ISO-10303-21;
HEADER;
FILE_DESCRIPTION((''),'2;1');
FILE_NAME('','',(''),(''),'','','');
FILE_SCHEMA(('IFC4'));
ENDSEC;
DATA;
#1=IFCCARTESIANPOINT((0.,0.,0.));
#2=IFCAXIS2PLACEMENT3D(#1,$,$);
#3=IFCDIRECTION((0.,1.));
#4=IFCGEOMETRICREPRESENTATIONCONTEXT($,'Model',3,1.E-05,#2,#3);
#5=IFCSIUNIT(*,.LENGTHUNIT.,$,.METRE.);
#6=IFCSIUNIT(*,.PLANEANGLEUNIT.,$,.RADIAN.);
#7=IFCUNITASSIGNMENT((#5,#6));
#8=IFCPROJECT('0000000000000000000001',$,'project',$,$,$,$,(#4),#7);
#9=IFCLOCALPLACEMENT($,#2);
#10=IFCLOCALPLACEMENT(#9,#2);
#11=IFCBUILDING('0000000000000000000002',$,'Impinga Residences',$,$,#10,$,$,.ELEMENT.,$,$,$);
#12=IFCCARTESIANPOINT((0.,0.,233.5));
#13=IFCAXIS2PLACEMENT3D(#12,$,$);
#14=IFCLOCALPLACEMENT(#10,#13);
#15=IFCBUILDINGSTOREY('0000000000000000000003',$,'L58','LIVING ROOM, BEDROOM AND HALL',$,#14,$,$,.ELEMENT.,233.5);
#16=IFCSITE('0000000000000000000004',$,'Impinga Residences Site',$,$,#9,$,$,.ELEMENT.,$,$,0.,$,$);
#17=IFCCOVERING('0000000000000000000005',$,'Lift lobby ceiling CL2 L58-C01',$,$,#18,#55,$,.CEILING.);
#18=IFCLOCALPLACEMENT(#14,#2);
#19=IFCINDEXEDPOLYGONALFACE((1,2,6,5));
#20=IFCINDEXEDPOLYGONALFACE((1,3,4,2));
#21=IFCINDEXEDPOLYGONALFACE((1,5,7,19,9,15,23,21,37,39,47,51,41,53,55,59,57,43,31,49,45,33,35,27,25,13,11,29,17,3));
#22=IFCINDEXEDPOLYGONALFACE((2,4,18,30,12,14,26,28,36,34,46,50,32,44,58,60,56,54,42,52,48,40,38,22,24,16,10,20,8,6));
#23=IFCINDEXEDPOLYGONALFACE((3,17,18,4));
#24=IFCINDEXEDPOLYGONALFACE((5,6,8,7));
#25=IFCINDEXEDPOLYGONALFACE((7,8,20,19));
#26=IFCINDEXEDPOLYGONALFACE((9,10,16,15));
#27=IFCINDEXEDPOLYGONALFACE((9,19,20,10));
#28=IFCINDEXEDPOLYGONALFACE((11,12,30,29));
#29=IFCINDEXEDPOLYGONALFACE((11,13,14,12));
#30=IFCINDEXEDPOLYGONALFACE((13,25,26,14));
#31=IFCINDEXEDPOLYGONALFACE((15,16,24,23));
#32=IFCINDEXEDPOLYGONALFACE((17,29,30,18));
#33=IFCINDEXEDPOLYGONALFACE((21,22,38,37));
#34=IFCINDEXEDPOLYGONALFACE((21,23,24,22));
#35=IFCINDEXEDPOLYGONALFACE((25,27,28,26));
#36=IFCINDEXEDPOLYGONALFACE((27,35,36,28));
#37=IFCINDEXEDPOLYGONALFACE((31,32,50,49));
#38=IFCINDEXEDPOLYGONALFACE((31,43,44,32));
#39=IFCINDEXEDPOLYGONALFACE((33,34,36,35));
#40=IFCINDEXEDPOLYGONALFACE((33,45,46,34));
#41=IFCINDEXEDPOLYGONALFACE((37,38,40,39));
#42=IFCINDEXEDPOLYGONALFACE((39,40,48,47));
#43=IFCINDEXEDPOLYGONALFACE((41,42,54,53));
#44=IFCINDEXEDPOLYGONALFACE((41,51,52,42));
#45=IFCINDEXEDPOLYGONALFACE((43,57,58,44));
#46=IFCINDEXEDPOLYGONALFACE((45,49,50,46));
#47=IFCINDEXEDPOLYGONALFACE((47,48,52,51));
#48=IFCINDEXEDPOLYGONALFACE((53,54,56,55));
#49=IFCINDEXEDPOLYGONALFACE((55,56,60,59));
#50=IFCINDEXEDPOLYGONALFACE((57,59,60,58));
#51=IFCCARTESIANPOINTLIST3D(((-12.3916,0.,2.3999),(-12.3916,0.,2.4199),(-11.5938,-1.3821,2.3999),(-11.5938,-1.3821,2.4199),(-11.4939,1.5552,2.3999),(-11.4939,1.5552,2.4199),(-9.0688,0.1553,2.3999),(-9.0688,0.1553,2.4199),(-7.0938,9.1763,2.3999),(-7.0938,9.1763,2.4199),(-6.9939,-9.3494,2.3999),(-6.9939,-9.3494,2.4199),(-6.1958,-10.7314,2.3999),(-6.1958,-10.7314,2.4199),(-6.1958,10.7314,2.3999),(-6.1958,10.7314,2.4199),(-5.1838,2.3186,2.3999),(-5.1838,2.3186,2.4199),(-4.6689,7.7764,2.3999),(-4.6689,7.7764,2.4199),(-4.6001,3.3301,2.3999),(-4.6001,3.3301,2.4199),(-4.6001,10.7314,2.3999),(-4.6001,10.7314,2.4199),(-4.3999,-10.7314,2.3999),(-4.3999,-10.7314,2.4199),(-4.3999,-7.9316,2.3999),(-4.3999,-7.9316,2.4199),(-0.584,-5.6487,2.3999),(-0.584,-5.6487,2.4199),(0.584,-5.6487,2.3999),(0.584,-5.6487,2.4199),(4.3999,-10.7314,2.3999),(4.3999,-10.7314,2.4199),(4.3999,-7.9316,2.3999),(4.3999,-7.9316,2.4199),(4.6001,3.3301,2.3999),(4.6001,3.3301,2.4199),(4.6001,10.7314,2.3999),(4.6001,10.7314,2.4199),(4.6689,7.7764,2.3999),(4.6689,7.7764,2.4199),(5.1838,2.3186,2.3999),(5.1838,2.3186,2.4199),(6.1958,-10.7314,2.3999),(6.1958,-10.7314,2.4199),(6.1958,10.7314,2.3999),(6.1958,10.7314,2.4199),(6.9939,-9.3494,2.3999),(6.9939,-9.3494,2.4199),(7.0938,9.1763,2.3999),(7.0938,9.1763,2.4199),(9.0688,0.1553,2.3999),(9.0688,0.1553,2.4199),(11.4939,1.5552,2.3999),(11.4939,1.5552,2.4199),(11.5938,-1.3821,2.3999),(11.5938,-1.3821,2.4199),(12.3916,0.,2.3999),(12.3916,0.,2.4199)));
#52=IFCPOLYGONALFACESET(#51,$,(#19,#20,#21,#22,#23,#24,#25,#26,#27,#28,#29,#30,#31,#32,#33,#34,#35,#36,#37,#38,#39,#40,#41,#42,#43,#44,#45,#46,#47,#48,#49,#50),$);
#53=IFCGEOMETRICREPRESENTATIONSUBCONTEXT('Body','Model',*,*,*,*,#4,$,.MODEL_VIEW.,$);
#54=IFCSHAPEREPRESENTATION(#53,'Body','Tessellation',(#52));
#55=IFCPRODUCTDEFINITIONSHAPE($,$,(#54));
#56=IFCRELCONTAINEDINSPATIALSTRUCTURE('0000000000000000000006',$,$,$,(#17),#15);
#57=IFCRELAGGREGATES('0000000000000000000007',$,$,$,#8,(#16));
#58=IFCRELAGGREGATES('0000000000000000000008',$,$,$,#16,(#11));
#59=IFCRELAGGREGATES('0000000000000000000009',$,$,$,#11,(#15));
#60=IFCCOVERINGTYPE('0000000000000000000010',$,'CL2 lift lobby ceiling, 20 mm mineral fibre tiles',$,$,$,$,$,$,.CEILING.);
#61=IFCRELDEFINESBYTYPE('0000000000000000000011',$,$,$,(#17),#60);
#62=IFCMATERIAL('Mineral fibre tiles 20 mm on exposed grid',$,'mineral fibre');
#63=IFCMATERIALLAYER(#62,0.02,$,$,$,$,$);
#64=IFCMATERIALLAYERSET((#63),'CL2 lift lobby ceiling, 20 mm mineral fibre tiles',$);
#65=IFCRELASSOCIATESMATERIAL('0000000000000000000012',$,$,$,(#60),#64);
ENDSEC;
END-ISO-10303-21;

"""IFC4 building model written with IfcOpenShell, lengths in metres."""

from ifc_helpers import new_model, si_unit, direction, frame, origin, place, context, subcontext, project, spatial, polyline, outline, extrude, material, layer, layer_set, type_object, element, save


model = new_model("IFC4")

# Units and contexts
model_context = context("Model", 3, precision=1e-05, world=origin(), true_north=direction((0.0, 1.0)))
body_context = subcontext(model_context, "Body", "Model", "MODEL_VIEW")
ifc_project = project(units=[si_unit("LENGTHUNIT", "METRE"), si_unit("PLANEANGLEUNIT", "RADIAN")], contexts=[model_context])

# Site, building, storey
site_placement = place(None, origin())
site = spatial("IfcSite", under=ifc_project, at=site_placement, Name="Impinga Residences Site", CompositionType="ELEMENT", RefElevation=0.0)
building_placement = place(site_placement, origin())
building = spatial("IfcBuilding", under=site, at=building_placement, Name="Impinga Residences", CompositionType="ELEMENT")
storey_placement = place(building_placement, frame((0.0, 0.0, 233.5)))
storey = spatial("IfcBuildingStorey", under=building, at=storey_placement, Name="L58", Description="LIVING ROOM, BEDROOM AND HALL", CompositionType="ELEMENT", Elevation=233.5)

# Covering
ifc_material_1 = material(Name="Mineral fibre tiles 20 mm on exposed grid", Category="mineral fibre")
ifc_layer_1 = layer(ifc_material_1, 0.02)
ifc_layer_set_1 = layer_set([ifc_layer_1], Name="CL2 lift lobby ceiling, 20 mm mineral fibre tiles")
covering_type_1 = type_object("IfcCoveringType", Name="CL2 lift lobby ceiling, 20 mm mineral fibre tiles", PredefinedType="CEILING", material=ifc_layer_set_1)
covering_1_placement = place(storey_placement, frame((0.0, 0.0, 2.3999)))
element("IfcCovering", 1, at=covering_1_placement, inside=storey, type_object=covering_type_1, Name="Lift lobby ceiling CL2 L58-C01", PredefinedType="CEILING", context=body_context, shape_type="SweptSolid", body=[
    extrude(outline(polyline([(12.3916, 0.0), (11.5938, -1.3821), (5.1838, 2.3186), (0.584, -5.6487), (6.9939, -9.3494), (6.1958, -10.7314), (4.3999, -10.7314), (4.3999, -7.9316), (-4.3999, -7.9316), (-4.3999, -10.7314), (-6.1958, -10.7314), (-6.9939, -9.3494), (-0.584, -5.6487), (-5.1838, 2.3186), (-11.5938, -1.3821), (-12.3916, 0.0), (-11.4939, 1.5552), (-9.0688, 0.1553), (-4.6689, 7.7764), (-7.0938, 9.1763), (-6.1958, 10.7314), (-4.6001, 10.7314), (-4.6001, 3.3301), (4.6001, 3.3301), (4.6001, 10.7314), (6.1958, 10.7314), (7.0938, 9.1763), (4.6689, 7.7764), (9.0688, 0.1553), (11.4939, 1.5552), (12.3916, 0.0)])), origin(), (0.0, 0.0, 1.0), 0.02),
])

save(model, "model.ifc")
